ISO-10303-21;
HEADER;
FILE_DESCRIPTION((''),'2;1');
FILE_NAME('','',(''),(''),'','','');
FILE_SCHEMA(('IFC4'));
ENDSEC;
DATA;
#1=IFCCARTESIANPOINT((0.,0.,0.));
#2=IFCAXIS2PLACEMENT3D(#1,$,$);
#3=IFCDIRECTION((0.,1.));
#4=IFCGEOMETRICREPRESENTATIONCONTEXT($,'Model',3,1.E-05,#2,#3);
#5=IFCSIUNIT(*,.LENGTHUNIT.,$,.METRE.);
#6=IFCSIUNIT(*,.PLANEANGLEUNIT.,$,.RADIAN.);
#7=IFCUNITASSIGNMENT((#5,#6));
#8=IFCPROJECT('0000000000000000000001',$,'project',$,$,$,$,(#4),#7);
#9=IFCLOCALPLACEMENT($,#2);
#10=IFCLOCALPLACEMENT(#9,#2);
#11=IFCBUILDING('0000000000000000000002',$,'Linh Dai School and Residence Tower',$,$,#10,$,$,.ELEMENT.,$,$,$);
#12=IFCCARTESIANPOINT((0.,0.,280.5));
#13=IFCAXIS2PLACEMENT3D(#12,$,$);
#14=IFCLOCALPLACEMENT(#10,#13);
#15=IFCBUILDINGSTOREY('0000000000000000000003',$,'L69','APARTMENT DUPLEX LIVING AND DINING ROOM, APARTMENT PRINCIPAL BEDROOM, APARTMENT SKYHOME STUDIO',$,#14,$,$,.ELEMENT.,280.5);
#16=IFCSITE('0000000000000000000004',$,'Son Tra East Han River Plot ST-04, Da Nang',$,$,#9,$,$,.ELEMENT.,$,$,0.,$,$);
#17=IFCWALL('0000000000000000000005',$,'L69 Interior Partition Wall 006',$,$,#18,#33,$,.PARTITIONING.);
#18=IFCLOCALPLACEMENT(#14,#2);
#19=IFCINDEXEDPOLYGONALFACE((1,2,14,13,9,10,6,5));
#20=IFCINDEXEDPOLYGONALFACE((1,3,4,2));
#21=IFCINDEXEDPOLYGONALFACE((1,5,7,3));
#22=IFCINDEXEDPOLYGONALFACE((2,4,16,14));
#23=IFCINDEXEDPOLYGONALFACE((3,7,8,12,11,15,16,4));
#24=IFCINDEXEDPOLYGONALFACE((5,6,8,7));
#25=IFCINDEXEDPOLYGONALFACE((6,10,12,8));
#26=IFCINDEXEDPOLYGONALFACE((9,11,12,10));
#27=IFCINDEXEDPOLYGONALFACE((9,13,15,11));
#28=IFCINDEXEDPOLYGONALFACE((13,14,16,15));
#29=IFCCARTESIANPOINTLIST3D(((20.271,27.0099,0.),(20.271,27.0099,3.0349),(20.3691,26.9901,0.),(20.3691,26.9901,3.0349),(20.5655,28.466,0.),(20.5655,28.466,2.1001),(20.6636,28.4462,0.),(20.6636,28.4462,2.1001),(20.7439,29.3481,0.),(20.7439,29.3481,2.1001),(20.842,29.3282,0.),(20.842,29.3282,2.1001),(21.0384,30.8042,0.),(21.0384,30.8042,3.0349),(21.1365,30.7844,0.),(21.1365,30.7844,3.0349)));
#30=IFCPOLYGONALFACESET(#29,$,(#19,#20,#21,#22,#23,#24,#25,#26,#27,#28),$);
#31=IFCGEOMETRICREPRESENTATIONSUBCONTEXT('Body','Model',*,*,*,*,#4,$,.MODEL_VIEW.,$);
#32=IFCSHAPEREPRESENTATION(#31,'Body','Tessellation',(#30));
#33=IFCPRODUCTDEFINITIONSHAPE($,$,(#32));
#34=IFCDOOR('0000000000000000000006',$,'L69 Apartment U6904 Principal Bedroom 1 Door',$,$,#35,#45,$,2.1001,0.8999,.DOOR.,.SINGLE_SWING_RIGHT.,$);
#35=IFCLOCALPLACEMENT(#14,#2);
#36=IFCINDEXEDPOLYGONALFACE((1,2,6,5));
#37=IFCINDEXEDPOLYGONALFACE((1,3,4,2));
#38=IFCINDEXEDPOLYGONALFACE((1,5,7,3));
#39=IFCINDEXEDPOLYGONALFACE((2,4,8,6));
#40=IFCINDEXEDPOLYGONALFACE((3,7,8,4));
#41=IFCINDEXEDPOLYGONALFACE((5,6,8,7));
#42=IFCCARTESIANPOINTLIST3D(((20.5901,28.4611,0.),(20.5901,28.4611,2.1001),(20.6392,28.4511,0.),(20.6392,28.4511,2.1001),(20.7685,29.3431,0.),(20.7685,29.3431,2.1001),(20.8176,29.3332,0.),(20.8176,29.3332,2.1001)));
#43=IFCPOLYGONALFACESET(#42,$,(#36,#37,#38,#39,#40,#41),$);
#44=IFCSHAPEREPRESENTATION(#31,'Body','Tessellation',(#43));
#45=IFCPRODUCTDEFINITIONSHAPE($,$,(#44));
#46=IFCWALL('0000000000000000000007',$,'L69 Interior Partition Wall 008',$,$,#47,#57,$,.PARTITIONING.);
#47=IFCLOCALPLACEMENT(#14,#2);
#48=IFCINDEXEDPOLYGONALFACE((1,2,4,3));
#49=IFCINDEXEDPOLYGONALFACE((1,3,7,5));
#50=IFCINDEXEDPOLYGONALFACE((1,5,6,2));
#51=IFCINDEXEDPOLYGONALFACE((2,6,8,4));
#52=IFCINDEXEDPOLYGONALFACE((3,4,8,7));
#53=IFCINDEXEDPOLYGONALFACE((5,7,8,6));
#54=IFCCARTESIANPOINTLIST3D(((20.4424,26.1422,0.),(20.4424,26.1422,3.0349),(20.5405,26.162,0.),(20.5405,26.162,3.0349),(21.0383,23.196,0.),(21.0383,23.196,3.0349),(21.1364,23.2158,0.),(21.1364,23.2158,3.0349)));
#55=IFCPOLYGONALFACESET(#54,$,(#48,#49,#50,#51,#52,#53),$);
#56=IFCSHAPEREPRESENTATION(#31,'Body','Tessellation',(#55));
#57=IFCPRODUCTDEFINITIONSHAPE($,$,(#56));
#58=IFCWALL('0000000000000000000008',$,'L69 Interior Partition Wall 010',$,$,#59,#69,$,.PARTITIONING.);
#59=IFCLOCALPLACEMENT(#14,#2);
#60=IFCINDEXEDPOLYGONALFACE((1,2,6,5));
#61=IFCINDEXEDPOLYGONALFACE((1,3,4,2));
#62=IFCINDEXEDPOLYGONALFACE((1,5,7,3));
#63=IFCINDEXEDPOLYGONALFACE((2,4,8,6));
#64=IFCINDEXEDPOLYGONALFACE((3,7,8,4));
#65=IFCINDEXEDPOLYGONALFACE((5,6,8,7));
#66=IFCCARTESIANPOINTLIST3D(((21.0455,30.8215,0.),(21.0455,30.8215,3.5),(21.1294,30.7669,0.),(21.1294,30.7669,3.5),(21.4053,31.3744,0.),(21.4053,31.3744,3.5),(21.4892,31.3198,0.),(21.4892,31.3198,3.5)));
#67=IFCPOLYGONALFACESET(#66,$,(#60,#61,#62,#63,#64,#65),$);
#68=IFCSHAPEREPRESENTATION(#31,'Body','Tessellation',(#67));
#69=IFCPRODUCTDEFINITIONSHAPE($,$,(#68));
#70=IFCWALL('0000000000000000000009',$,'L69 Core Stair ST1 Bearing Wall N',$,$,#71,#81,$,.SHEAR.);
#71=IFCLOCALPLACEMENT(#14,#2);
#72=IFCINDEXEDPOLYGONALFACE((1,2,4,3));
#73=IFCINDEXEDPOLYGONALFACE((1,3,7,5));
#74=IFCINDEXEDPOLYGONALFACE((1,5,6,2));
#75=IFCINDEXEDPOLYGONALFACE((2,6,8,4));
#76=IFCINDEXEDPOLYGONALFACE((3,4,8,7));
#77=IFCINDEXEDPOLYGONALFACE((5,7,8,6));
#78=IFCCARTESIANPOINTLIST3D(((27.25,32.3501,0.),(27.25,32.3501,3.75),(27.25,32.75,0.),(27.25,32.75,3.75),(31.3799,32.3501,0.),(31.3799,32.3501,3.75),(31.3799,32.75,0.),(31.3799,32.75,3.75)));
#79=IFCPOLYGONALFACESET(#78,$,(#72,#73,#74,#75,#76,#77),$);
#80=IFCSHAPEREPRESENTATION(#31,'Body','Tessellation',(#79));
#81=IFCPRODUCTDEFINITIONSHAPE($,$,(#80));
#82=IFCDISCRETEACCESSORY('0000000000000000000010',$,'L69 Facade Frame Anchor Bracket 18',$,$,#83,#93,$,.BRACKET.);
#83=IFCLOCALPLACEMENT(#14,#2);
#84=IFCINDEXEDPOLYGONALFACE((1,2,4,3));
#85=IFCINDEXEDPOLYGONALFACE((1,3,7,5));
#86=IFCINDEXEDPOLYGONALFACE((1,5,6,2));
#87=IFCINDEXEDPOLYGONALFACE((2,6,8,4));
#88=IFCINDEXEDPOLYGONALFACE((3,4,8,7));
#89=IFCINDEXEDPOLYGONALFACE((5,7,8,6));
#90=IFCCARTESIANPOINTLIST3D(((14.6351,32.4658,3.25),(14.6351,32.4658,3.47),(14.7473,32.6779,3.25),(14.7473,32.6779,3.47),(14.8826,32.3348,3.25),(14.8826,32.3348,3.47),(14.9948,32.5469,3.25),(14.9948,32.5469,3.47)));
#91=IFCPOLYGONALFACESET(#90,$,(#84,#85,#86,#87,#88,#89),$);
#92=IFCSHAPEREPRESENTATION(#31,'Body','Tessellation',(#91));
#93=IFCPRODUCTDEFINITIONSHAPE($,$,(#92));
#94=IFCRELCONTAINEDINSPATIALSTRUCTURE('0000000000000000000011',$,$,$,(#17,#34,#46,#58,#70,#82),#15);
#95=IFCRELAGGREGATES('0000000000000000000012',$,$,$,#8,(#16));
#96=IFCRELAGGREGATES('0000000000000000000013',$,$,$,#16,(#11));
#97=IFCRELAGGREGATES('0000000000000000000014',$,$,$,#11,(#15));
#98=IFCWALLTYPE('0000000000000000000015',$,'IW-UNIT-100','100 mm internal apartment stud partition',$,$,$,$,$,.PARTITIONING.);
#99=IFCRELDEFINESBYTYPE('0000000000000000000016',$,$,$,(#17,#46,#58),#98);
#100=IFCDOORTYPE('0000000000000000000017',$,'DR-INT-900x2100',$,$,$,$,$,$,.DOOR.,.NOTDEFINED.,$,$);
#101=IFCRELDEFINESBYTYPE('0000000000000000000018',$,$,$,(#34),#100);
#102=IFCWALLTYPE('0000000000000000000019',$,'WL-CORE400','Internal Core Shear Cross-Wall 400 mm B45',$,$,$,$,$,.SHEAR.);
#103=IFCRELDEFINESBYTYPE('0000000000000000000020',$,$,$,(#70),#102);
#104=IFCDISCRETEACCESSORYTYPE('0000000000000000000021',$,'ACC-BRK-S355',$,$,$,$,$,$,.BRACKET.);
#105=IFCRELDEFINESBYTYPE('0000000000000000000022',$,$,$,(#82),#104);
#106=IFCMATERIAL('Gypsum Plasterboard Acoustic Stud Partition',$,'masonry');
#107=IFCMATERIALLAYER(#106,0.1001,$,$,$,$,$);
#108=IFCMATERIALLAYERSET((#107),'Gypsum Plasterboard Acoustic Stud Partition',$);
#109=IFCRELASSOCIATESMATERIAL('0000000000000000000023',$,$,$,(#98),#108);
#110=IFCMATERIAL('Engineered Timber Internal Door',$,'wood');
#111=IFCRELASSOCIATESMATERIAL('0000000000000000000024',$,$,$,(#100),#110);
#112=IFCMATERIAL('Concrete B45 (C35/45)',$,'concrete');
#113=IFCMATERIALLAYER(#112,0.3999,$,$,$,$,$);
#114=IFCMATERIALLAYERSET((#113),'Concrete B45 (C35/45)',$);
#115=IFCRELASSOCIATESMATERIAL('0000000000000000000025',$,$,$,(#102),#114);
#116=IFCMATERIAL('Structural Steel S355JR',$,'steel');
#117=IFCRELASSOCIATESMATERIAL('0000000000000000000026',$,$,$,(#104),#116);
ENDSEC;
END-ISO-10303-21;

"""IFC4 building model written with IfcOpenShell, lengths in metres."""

from ifc_helpers import new_model, si_unit, direction, frame, frame_2d, origin, origin_2d, place, context, subcontext, project, spatial, rectangle, extrude, source, transform, mapped, material, layer, layer_set, type_object, element, fill, save


model = new_model("IFC4")

# Units and contexts
model_context = context("Model", 3, precision=1e-05, world=origin(), true_north=direction((0.0, 1.0)))
body_context = subcontext(model_context, "Body", "Model", "MODEL_VIEW")
ifc_project = project(units=[si_unit("LENGTHUNIT", "METRE"), si_unit("PLANEANGLEUNIT", "RADIAN")], contexts=[model_context])

# Site, building, storey
site_placement = place(None, origin())
site = spatial("IfcSite", under=ifc_project, at=site_placement, Name="Son Tra East Han River Plot ST-04, Da Nang", CompositionType="ELEMENT", RefElevation=0.0)
building_placement = place(site_placement, origin())
building = spatial("IfcBuilding", under=site, at=building_placement, Name="Linh Dai School and Residence Tower", CompositionType="ELEMENT")
storey_placement = place(building_placement, frame((0.0, 0.0, 280.5)))
storey = spatial("IfcBuildingStorey", under=building, at=storey_placement, Name="L69", Description="APARTMENT DUPLEX LIVING AND DINING ROOM, APARTMENT PRINCIPAL BEDROOM, APARTMENT SKYHOME STUDIO", CompositionType="ELEMENT", Elevation=280.5)

# Shared definitions
ifc_material_1 = material(Name="Structural Steel S355JR", Category="steel")

# Shared definitions
ifc_material_2 = material(Name="Gypsum Plasterboard Acoustic Stud Partition", Category="masonry")
ifc_layer_1 = layer(ifc_material_2, 0.1001)
ifc_layer_set_1 = layer_set([ifc_layer_1], Name="Gypsum Plasterboard Acoustic Stud Partition")
wall_type_1 = type_object("IfcWallType", Name="IW-UNIT-100", Description="100 mm internal apartment stud partition", PredefinedType="PARTITIONING", material=ifc_layer_set_1)

# Wall, opening, door
wall_1_placement = place(storey_placement, frame((20.3201, 27.0, 0.0), z_axis=(0.0, 0.0, 1.0), x_axis=(0.198226, 0.980156, 0.0)))
wall_1 = element("IfcWall", 1, at=wall_1_placement, inside=storey, type_object=wall_type_1, Name="L69 Interior Partition Wall 006", PredefinedType="PARTITIONING", context=body_context, shape_type="SweptSolid", body=[
    extrude(rectangle(XDim=3.8711, YDim=0.1001, at=frame_2d((1.9355, 0.0))), origin(), (0.0, 0.0, 1.0), 3.0349),
])
opening_1_placement = place(wall_1_placement, frame((1.4856, 0.0, 0.0)))
opening_1 = element("IfcOpeningElement", 2, at=opening_1_placement, cuts=wall_1, PredefinedType="OPENING", context=body_context, shape_type="SweptSolid", body=[
    extrude(rectangle(XDim=0.8999, YDim=2.1001, at=origin_2d()), frame((0.45, 0.0601, 1.05), z_axis=(0.0, -1.0, 0.0), x_axis=(1.0, 0.0, 0.0)), (0.0, 0.0, 1.0), 0.1201),
])
ifc_material_3 = material(Name="Engineered Timber Internal Door", Category="wood")
door_type = type_object("IfcDoorType", Name="DR-INT-900x2100", OperationType="NOTDEFINED", PredefinedType="DOOR", material=ifc_material_3)
shared_shape_1 = source(origin(), body_context, "Body", "SweptSolid", [
    extrude(rectangle(XDim=0.8999, YDim=2.1001, at=origin_2d()), frame((0.45, 0.0249, 1.05), z_axis=(0.0, -1.0, 0.0), x_axis=(1.0, 0.0, 0.0)), (0.0, 0.0, 1.0), 0.05),
])
door_placement = place(opening_1_placement, origin())
door = element("IfcDoor", 3, at=door_placement, inside=storey, type_object=door_type, Name="L69 Apartment U6904 Principal Bedroom 1 Door", OperationType="SINGLE_SWING_RIGHT", OverallHeight=2.1001, OverallWidth=0.8999, PredefinedType="DOOR", context=body_context, shape_type="MappedRepresentation", body=[
    mapped(shared_shape_1, transform((0.0, 0.0, 0.0), x_axis=(1.0, 0.0, 0.0), y_axis=(0.0, 1.0, 0.0), z_axis=(0.0, 0.0, 1.0), scale=1.0)),
])
fill(opening_1, door)

# Walls
wall_2_placement = place(storey_placement, frame((20.4915, 26.1521, 0.0), z_axis=(0.0, 0.0, 1.0), x_axis=(0.198255, -0.98015, 0.0)))
element("IfcWall", 4, at=wall_2_placement, inside=storey, type_object=wall_type_1, Name="L69 Interior Partition Wall 008", PredefinedType="PARTITIONING", context=body_context, shape_type="SweptSolid", body=[
    extrude(rectangle(XDim=3.0059, YDim=0.1001, at=frame_2d((1.5029, 0.0))), origin(), (0.0, 0.0, 1.0), 3.0349),
])
wall_3_placement = place(storey_placement, frame((21.0874, 30.7942, 0.0), z_axis=(0.0, 0.0, 1.0), x_axis=(0.545444, 0.838148, 0.0)))
element("IfcWall", 5, at=wall_3_placement, inside=storey, type_object=wall_type_1, Name="L69 Interior Partition Wall 010", PredefinedType="PARTITIONING", context=body_context, shape_type="SweptSolid", body=[
    extrude(rectangle(XDim=0.6597, YDim=0.1001, at=frame_2d((0.3298, 0.0))), origin(), (0.0, 0.0, 1.0), 3.5),
])
ifc_material_4 = material(Name="Concrete B45 (C35/45)", Category="concrete")
ifc_layer_2 = layer(ifc_material_4, 0.3999)
ifc_layer_set_2 = layer_set([ifc_layer_2], Name="Concrete B45 (C35/45)")
wall_type_2 = type_object("IfcWallType", Name="WL-CORE400", Description="Internal Core Shear Cross-Wall 400 mm B45", PredefinedType="SHEAR", material=ifc_layer_set_2)
wall_4_placement = place(storey_placement, frame((27.25, 32.55, 0.0), z_axis=(0.0, 0.0, 1.0), x_axis=(1.0, 0.0, 0.0)))
element("IfcWall", 6, at=wall_4_placement, inside=storey, type_object=wall_type_2, Name="L69 Core Stair ST1 Bearing Wall N", PredefinedType="SHEAR", context=body_context, shape_type="SweptSolid", body=[
    extrude(rectangle(XDim=4.1299, YDim=0.3999, at=frame_2d((2.0649, 0.0))), origin(), (0.0, 0.0, 1.0), 3.75),
])

# Discrete accessory
discrete_accessory_type = type_object("IfcDiscreteAccessoryType", Name="ACC-BRK-S355", PredefinedType="BRACKET", material=ifc_material_1)
shared_shape_2 = source(origin(), body_context, "Body", "SweptSolid", [
    extrude(rectangle(XDim=0.28, YDim=0.24, at=origin_2d()), origin(), (0.0, 0.0, 1.0), 0.22),
])
discrete_accessory_placement = place(storey_placement, frame((14.8149, 32.5063, 3.25), z_axis=(0.0, 0.0, 1.0), x_axis=(-0.883938, 0.467604, 0.0)))
element("IfcDiscreteAccessory", 7, at=discrete_accessory_placement, inside=storey, type_object=discrete_accessory_type, Name="L69 Facade Frame Anchor Bracket 18", PredefinedType="BRACKET", context=body_context, shape_type="MappedRepresentation", body=[
    mapped(shared_shape_2, transform((0.0, 0.0, 0.0), x_axis=(1.0, 0.0, 0.0), y_axis=(0.0, 1.0, 0.0), z_axis=(0.0, 0.0, 1.0), scale=1.0)),
])

save(model, "model.ifc")
